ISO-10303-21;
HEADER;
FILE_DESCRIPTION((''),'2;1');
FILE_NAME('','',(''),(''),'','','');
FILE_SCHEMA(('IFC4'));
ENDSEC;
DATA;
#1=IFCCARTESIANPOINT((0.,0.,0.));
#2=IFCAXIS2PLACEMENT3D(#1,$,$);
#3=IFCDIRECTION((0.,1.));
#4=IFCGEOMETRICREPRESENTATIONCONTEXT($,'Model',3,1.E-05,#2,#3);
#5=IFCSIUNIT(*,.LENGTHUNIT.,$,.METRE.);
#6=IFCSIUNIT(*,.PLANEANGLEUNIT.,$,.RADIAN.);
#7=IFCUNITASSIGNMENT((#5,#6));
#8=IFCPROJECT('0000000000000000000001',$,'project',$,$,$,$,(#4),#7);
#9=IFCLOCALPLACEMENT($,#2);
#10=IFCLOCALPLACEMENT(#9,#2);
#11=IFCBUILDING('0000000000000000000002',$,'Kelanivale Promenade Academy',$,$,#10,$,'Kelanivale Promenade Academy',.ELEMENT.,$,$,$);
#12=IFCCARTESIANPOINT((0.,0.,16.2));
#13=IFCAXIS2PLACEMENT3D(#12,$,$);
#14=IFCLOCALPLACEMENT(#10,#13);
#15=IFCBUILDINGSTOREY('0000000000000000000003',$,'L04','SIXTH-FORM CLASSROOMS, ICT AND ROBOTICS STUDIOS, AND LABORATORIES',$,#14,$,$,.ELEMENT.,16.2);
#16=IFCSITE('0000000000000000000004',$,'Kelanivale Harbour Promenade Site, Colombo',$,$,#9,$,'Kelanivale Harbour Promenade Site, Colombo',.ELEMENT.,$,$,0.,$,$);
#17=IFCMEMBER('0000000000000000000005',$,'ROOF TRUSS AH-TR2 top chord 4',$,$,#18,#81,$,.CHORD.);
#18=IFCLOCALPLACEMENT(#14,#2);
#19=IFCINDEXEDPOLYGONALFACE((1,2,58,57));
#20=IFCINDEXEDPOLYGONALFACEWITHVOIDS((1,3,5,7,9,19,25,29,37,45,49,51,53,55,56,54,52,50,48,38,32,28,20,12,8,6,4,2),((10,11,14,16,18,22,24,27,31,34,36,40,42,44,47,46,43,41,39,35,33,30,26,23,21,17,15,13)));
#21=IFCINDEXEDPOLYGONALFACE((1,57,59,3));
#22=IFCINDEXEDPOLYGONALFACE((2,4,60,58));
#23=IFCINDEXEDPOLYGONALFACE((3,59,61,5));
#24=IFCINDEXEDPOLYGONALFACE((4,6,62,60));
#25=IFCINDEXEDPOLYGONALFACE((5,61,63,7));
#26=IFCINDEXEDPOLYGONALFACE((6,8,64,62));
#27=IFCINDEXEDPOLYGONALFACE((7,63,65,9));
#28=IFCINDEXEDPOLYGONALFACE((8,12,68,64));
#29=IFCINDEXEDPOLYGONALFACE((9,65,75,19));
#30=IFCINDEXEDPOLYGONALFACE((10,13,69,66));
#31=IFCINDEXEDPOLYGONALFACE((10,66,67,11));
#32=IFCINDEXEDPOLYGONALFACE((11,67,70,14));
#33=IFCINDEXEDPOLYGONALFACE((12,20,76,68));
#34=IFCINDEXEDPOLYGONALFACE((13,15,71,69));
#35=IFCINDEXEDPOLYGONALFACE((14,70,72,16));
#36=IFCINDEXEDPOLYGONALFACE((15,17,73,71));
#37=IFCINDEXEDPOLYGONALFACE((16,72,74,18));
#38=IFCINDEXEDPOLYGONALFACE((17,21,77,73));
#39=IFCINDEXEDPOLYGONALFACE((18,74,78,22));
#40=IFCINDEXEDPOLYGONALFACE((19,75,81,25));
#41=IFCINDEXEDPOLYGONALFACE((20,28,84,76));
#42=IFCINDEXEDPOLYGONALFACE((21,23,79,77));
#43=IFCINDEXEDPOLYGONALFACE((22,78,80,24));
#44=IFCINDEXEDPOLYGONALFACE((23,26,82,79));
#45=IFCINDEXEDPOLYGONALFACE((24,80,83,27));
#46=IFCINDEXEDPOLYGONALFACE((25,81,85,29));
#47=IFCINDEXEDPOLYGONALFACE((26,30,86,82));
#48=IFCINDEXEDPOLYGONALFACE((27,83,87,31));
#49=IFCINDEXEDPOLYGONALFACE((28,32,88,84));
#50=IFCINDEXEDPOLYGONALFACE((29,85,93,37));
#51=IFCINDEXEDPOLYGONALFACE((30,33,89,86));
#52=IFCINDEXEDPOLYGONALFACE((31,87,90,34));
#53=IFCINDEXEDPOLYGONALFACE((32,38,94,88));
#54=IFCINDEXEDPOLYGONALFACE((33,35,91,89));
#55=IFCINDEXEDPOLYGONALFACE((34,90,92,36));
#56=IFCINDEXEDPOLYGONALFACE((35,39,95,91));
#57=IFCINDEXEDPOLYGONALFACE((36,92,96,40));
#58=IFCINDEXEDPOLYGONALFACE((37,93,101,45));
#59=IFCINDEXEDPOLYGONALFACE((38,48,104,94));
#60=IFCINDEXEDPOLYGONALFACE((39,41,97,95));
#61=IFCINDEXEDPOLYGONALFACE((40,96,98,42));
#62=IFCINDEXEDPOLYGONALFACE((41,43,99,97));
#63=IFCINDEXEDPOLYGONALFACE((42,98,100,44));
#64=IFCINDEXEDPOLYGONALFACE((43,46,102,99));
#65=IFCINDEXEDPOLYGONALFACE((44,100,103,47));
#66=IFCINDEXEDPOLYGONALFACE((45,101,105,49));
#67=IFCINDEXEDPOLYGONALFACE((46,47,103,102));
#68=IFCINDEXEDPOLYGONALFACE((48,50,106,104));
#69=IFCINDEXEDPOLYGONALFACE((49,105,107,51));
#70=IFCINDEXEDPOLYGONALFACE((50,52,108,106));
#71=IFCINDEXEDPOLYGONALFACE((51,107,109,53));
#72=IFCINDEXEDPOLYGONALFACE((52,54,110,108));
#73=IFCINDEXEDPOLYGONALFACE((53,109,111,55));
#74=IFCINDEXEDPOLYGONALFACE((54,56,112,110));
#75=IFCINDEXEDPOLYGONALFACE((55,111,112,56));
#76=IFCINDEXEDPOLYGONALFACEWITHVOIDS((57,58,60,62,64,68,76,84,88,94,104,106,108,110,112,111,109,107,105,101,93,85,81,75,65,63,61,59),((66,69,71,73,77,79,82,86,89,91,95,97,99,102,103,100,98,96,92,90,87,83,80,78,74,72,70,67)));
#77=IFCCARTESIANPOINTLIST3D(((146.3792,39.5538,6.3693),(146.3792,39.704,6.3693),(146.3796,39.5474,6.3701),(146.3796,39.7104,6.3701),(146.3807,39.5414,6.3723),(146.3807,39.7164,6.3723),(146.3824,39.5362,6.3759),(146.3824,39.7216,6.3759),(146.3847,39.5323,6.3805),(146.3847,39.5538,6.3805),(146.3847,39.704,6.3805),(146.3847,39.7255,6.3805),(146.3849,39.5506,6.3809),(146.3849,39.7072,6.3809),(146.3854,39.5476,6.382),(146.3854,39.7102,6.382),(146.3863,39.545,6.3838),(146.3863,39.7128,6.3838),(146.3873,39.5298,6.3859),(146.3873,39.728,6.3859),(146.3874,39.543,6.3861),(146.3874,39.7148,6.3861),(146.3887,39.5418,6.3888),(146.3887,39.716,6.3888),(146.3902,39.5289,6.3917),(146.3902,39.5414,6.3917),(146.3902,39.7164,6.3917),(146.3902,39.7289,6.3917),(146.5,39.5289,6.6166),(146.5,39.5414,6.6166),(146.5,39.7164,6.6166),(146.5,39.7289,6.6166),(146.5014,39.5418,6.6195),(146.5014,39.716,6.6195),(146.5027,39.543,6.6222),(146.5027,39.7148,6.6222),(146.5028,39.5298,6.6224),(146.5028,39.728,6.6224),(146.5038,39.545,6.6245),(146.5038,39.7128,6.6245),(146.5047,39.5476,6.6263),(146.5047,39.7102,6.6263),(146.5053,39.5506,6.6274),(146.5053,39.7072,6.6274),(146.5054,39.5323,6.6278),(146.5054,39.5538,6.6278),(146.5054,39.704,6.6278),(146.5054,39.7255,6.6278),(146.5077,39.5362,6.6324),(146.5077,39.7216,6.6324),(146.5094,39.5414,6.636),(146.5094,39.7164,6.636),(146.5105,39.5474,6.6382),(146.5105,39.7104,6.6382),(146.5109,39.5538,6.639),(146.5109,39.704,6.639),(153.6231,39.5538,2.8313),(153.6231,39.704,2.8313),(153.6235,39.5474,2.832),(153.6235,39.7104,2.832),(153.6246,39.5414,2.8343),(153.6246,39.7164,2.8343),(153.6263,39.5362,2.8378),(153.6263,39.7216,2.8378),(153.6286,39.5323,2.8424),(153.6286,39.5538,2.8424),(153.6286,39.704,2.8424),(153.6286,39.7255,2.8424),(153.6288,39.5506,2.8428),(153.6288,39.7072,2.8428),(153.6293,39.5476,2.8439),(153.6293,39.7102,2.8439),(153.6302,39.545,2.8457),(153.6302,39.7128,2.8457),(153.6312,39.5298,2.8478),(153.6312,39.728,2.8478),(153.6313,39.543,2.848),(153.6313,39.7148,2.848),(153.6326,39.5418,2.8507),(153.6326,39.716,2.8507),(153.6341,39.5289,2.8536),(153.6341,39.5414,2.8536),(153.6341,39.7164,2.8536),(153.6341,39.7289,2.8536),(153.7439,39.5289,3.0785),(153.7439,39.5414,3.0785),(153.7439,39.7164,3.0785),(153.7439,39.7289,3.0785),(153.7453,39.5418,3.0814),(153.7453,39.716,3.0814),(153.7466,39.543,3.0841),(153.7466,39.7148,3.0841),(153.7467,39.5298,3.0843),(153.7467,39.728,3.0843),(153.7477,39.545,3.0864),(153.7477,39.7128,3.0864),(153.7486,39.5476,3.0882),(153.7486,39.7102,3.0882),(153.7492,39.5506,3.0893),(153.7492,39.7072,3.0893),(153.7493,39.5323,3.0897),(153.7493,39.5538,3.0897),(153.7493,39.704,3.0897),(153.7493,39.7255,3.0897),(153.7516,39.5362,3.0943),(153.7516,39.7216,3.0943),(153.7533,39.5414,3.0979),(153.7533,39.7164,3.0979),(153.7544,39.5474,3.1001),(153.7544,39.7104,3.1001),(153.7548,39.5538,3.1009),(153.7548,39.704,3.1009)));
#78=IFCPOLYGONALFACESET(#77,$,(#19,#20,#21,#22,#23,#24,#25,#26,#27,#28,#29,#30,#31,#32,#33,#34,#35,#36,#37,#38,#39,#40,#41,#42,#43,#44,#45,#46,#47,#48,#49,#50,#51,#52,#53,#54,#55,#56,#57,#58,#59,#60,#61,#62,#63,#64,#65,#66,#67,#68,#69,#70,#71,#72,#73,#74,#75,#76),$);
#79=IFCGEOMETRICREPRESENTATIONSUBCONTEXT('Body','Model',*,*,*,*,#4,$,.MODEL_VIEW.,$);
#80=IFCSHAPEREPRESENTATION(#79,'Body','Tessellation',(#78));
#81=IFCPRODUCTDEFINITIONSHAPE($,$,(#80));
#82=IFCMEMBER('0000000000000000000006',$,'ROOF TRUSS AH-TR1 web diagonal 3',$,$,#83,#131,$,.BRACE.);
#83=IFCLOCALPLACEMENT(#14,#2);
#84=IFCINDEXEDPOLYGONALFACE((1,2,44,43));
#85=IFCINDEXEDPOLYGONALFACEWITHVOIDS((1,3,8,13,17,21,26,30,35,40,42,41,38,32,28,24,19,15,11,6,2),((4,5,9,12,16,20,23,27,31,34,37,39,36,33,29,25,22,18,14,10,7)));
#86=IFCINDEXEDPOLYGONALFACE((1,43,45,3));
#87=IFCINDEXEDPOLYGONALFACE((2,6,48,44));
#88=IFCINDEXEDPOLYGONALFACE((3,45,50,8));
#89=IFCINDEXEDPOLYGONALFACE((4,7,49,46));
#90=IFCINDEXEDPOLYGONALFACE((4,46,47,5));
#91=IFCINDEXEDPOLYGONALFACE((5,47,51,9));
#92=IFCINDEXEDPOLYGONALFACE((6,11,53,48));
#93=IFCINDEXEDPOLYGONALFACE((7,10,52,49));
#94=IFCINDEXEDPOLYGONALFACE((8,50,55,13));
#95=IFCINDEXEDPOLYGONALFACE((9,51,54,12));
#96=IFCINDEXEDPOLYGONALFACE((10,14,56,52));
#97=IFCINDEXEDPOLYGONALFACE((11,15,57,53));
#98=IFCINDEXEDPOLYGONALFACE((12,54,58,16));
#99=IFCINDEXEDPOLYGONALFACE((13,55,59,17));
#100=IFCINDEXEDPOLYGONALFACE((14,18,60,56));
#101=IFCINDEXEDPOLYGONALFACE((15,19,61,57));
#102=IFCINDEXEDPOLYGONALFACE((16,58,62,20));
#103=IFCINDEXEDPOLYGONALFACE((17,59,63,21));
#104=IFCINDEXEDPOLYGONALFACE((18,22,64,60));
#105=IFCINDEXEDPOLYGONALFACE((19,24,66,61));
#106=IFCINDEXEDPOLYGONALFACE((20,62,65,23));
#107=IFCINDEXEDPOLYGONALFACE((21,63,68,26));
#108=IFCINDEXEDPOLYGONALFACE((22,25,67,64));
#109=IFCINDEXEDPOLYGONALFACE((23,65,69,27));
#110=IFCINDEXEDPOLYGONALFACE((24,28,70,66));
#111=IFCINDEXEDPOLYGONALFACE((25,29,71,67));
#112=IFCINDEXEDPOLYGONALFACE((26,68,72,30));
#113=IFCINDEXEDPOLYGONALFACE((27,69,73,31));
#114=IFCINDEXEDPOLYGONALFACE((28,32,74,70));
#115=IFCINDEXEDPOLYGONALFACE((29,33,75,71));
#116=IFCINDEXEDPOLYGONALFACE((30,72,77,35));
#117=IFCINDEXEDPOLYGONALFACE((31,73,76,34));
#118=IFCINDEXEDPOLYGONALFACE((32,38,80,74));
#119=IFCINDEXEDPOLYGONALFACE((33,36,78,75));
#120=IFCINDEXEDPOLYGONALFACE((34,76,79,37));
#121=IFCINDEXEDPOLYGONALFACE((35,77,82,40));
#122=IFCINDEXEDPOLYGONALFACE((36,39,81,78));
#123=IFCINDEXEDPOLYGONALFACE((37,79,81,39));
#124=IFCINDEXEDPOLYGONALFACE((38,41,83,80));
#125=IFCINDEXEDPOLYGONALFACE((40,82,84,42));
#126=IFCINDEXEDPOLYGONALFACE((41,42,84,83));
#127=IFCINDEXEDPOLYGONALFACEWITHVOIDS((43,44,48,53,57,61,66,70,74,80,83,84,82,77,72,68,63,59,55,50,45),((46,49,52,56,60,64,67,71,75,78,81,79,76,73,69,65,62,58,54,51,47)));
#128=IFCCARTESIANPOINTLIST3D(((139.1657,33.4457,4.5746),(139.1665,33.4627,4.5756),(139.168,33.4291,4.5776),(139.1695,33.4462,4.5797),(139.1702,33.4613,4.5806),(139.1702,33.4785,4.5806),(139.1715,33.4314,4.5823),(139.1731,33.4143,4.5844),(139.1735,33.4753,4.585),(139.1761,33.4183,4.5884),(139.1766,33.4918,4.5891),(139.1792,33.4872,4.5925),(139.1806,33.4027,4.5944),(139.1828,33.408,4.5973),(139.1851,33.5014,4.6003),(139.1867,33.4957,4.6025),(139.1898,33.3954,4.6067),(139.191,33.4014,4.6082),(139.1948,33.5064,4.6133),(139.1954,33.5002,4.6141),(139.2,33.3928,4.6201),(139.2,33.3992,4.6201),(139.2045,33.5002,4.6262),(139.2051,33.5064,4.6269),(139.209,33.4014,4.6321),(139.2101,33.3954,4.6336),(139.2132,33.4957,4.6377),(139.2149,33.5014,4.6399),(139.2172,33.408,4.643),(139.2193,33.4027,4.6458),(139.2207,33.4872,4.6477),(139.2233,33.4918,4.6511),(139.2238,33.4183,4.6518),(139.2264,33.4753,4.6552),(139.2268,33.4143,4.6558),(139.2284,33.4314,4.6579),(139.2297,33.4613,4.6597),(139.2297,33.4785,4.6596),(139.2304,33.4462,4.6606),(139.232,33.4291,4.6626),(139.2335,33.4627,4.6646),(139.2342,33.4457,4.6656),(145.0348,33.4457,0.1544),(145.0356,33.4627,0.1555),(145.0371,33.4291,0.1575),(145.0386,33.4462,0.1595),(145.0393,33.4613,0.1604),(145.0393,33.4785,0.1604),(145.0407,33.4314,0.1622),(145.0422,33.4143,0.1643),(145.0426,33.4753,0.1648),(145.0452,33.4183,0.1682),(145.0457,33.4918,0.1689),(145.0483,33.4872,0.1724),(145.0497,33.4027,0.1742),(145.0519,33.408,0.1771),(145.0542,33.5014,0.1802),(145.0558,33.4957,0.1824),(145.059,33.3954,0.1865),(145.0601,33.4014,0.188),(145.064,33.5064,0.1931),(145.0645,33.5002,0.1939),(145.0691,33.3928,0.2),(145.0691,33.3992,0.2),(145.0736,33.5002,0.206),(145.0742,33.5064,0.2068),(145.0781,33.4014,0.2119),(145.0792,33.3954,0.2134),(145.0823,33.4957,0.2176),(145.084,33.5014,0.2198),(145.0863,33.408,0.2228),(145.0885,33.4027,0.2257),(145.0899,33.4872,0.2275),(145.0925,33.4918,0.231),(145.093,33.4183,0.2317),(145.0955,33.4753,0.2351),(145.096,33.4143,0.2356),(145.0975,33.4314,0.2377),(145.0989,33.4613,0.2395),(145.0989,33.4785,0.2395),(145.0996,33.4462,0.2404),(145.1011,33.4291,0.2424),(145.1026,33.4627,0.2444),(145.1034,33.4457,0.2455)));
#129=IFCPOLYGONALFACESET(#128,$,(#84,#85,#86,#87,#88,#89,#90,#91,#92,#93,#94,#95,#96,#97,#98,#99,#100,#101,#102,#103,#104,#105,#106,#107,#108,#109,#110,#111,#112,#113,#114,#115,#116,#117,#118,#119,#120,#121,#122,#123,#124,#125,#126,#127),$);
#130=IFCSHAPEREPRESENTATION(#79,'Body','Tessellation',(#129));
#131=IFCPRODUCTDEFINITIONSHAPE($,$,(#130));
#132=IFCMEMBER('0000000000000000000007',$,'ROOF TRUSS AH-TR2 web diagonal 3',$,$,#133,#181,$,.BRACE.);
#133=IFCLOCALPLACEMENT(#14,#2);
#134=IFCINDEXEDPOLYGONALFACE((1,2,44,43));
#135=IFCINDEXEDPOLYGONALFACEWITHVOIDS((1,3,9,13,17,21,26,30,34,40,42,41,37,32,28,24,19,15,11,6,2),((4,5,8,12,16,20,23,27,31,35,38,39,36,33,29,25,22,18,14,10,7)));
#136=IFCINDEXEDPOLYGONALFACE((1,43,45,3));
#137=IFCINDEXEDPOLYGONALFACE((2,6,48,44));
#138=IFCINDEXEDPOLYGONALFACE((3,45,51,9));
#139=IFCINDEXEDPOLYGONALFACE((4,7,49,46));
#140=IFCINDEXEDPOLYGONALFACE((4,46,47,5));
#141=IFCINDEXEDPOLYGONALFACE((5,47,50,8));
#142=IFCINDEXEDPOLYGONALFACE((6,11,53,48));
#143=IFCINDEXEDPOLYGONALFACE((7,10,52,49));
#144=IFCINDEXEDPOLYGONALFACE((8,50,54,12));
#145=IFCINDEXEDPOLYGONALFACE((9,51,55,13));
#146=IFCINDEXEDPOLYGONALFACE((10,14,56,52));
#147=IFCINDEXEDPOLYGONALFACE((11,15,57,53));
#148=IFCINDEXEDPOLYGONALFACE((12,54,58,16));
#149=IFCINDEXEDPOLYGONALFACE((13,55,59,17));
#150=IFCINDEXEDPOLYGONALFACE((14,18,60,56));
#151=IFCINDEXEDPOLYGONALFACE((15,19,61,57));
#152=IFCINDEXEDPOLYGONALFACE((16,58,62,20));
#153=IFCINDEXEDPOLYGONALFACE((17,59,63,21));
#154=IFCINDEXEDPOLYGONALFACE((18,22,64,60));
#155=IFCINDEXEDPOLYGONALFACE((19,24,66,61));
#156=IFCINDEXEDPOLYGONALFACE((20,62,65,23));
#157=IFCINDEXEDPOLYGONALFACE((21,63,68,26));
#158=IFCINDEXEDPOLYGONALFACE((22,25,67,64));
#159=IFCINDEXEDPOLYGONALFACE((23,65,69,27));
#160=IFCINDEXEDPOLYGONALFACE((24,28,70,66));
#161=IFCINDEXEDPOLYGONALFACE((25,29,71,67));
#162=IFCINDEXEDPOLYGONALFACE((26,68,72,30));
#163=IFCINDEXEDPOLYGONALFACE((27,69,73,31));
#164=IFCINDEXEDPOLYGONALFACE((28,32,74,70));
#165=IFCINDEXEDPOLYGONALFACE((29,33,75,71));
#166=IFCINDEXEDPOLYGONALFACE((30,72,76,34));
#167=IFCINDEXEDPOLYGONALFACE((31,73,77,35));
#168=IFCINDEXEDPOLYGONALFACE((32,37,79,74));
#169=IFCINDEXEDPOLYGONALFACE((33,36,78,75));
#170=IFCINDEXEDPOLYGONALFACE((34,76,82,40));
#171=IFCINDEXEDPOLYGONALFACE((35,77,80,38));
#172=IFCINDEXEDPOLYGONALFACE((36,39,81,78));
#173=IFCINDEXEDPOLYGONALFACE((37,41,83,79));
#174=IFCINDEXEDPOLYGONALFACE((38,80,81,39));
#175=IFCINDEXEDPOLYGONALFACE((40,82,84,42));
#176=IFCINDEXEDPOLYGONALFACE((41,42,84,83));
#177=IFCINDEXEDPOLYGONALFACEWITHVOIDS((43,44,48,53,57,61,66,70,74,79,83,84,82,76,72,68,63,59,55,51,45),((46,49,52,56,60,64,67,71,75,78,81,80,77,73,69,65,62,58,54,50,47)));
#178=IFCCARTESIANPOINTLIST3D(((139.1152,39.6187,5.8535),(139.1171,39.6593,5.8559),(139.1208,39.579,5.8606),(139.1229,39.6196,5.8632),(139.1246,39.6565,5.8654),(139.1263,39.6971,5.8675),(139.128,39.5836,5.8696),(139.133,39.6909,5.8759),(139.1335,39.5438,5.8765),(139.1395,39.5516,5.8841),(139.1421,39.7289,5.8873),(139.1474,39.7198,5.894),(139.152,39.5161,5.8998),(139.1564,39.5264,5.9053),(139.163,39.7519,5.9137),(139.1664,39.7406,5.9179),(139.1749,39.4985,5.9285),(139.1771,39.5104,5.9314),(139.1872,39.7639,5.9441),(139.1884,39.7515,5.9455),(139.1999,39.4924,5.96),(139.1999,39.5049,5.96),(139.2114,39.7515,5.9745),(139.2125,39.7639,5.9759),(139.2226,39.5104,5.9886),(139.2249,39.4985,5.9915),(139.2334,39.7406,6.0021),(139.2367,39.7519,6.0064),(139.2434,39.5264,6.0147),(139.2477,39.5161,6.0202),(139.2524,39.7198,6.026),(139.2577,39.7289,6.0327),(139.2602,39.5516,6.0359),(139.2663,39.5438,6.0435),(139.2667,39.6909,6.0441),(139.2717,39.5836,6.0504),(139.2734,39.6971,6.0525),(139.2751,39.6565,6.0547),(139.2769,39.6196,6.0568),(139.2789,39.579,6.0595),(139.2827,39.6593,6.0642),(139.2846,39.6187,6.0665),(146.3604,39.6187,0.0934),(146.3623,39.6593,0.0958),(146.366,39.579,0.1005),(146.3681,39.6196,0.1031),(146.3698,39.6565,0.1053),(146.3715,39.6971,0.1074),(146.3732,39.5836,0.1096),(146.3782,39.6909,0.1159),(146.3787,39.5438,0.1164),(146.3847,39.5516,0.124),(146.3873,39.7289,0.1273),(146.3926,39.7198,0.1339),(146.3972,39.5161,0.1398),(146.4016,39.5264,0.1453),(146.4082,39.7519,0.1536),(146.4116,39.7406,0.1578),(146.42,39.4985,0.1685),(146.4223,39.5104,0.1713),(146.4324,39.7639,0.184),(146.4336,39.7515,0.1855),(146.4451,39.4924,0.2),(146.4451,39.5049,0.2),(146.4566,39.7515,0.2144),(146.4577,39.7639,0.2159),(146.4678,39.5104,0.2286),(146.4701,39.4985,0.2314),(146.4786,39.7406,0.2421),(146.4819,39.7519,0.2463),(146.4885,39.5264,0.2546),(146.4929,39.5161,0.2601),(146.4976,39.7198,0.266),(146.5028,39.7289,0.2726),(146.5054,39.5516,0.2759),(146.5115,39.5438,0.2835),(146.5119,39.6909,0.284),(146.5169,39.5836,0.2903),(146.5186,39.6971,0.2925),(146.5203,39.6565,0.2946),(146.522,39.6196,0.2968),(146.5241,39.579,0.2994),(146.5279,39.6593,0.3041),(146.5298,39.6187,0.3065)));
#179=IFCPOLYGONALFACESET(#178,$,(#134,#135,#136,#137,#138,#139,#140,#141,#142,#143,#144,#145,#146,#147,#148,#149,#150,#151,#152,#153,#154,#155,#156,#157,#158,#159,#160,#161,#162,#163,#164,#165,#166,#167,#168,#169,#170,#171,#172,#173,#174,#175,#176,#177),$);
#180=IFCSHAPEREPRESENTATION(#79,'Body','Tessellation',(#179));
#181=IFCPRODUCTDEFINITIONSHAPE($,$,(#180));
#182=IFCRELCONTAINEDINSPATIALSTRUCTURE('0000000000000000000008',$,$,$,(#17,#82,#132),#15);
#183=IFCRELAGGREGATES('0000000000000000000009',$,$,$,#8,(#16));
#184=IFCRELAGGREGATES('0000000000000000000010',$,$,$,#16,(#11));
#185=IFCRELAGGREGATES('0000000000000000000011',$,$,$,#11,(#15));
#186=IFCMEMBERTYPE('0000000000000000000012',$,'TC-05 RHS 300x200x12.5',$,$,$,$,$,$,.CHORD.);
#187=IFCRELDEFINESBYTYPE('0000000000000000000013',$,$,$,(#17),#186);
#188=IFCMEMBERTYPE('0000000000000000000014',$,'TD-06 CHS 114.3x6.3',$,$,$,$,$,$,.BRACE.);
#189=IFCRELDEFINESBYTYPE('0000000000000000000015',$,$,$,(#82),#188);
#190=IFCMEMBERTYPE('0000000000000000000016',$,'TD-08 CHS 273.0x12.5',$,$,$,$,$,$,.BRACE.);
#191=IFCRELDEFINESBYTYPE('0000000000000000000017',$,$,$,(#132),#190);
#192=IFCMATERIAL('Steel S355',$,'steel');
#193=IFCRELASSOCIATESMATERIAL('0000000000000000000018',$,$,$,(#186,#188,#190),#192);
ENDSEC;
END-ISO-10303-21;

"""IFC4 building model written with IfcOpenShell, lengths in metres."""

from ifc_helpers import new_model, si_unit, direction, frame, origin, origin_2d, place, context, subcontext, project, spatial, hollow_rectangle, hollow_circle, extrude, material, material_profile, profile_set, type_object, element, save


model = new_model("IFC4")

# Units and contexts
model_context = context("Model", 3, precision=1e-05, world=origin(), true_north=direction((0.0, 1.0)))
body_context = subcontext(model_context, "Body", "Model", "MODEL_VIEW")
ifc_project = project(units=[si_unit("LENGTHUNIT", "METRE"), si_unit("PLANEANGLEUNIT", "RADIAN")], contexts=[model_context])

# Site, building, storey
site_placement = place(None, origin())
site = spatial("IfcSite", under=ifc_project, at=site_placement, Name="Kelanivale Harbour Promenade Site, Colombo", LongName="Kelanivale Harbour Promenade Site, Colombo", CompositionType="ELEMENT", RefElevation=0.0)
building_placement = place(site_placement, origin())
building = spatial("IfcBuilding", under=site, at=building_placement, Name="Kelanivale Promenade Academy", LongName="Kelanivale Promenade Academy", CompositionType="ELEMENT")
storey_placement = place(building_placement, frame((0.0, 0.0, 16.2)))
storey = spatial("IfcBuildingStorey", under=building, at=storey_placement, Name="L04", Description="SIXTH-FORM CLASSROOMS, ICT AND ROBOTICS STUDIOS, AND LABORATORIES", CompositionType="ELEMENT", Elevation=16.2)

# Members
ifc_material_1 = material(Name="Steel S355", Category="steel")
ifc_material_profile_1 = material_profile(ifc_material_1, hollow_rectangle(XDim=0.2, YDim=0.3, WallThickness=0.0125, InnerFilletRadius=0.0125, OuterFilletRadius=0.0249, at=origin_2d()), Name="RHS 300x200x12.5")
ifc_profile_set_1 = profile_set([ifc_material_profile_1], Name="Steel S355")
member_type_1 = type_object("IfcMemberType", Name="TC-05 RHS 300x200x12.5", PredefinedType="CHORD", material=ifc_profile_set_1)
member_1_placement = place(storey_placement, frame((146.4451, 39.6289, 6.5042), z_axis=(0.898549, 0.0, -0.438872), x_axis=(0.0, 1.0, 0.0)))
element("IfcMember", 1, at=member_1_placement, inside=storey, type_object=member_type_1, Name="ROOF TRUSS AH-TR2 top chord 4", PredefinedType="CHORD", context=body_context, shape_type="SweptSolid", body=[
    extrude(hollow_rectangle(XDim=0.2, YDim=0.3, WallThickness=0.0125, InnerFilletRadius=0.0125, OuterFilletRadius=0.0249, at=origin_2d()), origin(), (0.0, 0.0, 1.0), 8.0618),
])
ifc_material_profile_2 = material_profile(ifc_material_1, hollow_circle(Radius=0.0571, WallThickness=0.0063, at=origin_2d()), Name="CHS 114.3x6.3")
ifc_profile_set_2 = profile_set([ifc_material_profile_2], Name="Steel S355")
member_type_2 = type_object("IfcMemberType", Name="TD-06 CHS 114.3x6.3", PredefinedType="BRACE", material=ifc_profile_set_2)
member_2_placement = place(storey_placement, frame((145.0691, 33.45, 0.2), z_axis=(-0.798802, 0.0, 0.601594), x_axis=(0.0, -1.0, 0.0)))
element("IfcMember", 2, at=member_2_placement, inside=storey, type_object=member_type_2, Name="ROOF TRUSS AH-TR1 web diagonal 3", PredefinedType="BRACE", context=body_context, shape_type="SweptSolid", body=[
    extrude(hollow_circle(Radius=0.0571, WallThickness=0.0063, at=origin_2d()), origin(), (0.0, 0.0, 1.0), 7.3474),
])
ifc_material_profile_3 = material_profile(ifc_material_1, hollow_circle(Radius=0.1365, WallThickness=0.0125, at=origin_2d()), Name="CHS 273.0x12.5")
ifc_profile_set_3 = profile_set([ifc_material_profile_3], Name="Steel S355")
member_type_3 = type_object("IfcMemberType", Name="TD-08 CHS 273.0x12.5", PredefinedType="BRACE", material=ifc_profile_set_3)
member_3_placement = place(storey_placement, frame((146.4451, 39.6289, 0.2), z_axis=(-0.782767, 0.0, 0.622315), x_axis=(0.0, -1.0, 0.0)))
element("IfcMember", 3, at=member_3_placement, inside=storey, type_object=member_type_3, Name="ROOF TRUSS AH-TR2 web diagonal 3", PredefinedType="BRACE", context=body_context, shape_type="SweptSolid", body=[
    extrude(hollow_circle(Radius=0.1365, WallThickness=0.0125, at=origin_2d()), origin(), (0.0, 0.0, 1.0), 9.2559),
])

save(model, "model.ifc")
